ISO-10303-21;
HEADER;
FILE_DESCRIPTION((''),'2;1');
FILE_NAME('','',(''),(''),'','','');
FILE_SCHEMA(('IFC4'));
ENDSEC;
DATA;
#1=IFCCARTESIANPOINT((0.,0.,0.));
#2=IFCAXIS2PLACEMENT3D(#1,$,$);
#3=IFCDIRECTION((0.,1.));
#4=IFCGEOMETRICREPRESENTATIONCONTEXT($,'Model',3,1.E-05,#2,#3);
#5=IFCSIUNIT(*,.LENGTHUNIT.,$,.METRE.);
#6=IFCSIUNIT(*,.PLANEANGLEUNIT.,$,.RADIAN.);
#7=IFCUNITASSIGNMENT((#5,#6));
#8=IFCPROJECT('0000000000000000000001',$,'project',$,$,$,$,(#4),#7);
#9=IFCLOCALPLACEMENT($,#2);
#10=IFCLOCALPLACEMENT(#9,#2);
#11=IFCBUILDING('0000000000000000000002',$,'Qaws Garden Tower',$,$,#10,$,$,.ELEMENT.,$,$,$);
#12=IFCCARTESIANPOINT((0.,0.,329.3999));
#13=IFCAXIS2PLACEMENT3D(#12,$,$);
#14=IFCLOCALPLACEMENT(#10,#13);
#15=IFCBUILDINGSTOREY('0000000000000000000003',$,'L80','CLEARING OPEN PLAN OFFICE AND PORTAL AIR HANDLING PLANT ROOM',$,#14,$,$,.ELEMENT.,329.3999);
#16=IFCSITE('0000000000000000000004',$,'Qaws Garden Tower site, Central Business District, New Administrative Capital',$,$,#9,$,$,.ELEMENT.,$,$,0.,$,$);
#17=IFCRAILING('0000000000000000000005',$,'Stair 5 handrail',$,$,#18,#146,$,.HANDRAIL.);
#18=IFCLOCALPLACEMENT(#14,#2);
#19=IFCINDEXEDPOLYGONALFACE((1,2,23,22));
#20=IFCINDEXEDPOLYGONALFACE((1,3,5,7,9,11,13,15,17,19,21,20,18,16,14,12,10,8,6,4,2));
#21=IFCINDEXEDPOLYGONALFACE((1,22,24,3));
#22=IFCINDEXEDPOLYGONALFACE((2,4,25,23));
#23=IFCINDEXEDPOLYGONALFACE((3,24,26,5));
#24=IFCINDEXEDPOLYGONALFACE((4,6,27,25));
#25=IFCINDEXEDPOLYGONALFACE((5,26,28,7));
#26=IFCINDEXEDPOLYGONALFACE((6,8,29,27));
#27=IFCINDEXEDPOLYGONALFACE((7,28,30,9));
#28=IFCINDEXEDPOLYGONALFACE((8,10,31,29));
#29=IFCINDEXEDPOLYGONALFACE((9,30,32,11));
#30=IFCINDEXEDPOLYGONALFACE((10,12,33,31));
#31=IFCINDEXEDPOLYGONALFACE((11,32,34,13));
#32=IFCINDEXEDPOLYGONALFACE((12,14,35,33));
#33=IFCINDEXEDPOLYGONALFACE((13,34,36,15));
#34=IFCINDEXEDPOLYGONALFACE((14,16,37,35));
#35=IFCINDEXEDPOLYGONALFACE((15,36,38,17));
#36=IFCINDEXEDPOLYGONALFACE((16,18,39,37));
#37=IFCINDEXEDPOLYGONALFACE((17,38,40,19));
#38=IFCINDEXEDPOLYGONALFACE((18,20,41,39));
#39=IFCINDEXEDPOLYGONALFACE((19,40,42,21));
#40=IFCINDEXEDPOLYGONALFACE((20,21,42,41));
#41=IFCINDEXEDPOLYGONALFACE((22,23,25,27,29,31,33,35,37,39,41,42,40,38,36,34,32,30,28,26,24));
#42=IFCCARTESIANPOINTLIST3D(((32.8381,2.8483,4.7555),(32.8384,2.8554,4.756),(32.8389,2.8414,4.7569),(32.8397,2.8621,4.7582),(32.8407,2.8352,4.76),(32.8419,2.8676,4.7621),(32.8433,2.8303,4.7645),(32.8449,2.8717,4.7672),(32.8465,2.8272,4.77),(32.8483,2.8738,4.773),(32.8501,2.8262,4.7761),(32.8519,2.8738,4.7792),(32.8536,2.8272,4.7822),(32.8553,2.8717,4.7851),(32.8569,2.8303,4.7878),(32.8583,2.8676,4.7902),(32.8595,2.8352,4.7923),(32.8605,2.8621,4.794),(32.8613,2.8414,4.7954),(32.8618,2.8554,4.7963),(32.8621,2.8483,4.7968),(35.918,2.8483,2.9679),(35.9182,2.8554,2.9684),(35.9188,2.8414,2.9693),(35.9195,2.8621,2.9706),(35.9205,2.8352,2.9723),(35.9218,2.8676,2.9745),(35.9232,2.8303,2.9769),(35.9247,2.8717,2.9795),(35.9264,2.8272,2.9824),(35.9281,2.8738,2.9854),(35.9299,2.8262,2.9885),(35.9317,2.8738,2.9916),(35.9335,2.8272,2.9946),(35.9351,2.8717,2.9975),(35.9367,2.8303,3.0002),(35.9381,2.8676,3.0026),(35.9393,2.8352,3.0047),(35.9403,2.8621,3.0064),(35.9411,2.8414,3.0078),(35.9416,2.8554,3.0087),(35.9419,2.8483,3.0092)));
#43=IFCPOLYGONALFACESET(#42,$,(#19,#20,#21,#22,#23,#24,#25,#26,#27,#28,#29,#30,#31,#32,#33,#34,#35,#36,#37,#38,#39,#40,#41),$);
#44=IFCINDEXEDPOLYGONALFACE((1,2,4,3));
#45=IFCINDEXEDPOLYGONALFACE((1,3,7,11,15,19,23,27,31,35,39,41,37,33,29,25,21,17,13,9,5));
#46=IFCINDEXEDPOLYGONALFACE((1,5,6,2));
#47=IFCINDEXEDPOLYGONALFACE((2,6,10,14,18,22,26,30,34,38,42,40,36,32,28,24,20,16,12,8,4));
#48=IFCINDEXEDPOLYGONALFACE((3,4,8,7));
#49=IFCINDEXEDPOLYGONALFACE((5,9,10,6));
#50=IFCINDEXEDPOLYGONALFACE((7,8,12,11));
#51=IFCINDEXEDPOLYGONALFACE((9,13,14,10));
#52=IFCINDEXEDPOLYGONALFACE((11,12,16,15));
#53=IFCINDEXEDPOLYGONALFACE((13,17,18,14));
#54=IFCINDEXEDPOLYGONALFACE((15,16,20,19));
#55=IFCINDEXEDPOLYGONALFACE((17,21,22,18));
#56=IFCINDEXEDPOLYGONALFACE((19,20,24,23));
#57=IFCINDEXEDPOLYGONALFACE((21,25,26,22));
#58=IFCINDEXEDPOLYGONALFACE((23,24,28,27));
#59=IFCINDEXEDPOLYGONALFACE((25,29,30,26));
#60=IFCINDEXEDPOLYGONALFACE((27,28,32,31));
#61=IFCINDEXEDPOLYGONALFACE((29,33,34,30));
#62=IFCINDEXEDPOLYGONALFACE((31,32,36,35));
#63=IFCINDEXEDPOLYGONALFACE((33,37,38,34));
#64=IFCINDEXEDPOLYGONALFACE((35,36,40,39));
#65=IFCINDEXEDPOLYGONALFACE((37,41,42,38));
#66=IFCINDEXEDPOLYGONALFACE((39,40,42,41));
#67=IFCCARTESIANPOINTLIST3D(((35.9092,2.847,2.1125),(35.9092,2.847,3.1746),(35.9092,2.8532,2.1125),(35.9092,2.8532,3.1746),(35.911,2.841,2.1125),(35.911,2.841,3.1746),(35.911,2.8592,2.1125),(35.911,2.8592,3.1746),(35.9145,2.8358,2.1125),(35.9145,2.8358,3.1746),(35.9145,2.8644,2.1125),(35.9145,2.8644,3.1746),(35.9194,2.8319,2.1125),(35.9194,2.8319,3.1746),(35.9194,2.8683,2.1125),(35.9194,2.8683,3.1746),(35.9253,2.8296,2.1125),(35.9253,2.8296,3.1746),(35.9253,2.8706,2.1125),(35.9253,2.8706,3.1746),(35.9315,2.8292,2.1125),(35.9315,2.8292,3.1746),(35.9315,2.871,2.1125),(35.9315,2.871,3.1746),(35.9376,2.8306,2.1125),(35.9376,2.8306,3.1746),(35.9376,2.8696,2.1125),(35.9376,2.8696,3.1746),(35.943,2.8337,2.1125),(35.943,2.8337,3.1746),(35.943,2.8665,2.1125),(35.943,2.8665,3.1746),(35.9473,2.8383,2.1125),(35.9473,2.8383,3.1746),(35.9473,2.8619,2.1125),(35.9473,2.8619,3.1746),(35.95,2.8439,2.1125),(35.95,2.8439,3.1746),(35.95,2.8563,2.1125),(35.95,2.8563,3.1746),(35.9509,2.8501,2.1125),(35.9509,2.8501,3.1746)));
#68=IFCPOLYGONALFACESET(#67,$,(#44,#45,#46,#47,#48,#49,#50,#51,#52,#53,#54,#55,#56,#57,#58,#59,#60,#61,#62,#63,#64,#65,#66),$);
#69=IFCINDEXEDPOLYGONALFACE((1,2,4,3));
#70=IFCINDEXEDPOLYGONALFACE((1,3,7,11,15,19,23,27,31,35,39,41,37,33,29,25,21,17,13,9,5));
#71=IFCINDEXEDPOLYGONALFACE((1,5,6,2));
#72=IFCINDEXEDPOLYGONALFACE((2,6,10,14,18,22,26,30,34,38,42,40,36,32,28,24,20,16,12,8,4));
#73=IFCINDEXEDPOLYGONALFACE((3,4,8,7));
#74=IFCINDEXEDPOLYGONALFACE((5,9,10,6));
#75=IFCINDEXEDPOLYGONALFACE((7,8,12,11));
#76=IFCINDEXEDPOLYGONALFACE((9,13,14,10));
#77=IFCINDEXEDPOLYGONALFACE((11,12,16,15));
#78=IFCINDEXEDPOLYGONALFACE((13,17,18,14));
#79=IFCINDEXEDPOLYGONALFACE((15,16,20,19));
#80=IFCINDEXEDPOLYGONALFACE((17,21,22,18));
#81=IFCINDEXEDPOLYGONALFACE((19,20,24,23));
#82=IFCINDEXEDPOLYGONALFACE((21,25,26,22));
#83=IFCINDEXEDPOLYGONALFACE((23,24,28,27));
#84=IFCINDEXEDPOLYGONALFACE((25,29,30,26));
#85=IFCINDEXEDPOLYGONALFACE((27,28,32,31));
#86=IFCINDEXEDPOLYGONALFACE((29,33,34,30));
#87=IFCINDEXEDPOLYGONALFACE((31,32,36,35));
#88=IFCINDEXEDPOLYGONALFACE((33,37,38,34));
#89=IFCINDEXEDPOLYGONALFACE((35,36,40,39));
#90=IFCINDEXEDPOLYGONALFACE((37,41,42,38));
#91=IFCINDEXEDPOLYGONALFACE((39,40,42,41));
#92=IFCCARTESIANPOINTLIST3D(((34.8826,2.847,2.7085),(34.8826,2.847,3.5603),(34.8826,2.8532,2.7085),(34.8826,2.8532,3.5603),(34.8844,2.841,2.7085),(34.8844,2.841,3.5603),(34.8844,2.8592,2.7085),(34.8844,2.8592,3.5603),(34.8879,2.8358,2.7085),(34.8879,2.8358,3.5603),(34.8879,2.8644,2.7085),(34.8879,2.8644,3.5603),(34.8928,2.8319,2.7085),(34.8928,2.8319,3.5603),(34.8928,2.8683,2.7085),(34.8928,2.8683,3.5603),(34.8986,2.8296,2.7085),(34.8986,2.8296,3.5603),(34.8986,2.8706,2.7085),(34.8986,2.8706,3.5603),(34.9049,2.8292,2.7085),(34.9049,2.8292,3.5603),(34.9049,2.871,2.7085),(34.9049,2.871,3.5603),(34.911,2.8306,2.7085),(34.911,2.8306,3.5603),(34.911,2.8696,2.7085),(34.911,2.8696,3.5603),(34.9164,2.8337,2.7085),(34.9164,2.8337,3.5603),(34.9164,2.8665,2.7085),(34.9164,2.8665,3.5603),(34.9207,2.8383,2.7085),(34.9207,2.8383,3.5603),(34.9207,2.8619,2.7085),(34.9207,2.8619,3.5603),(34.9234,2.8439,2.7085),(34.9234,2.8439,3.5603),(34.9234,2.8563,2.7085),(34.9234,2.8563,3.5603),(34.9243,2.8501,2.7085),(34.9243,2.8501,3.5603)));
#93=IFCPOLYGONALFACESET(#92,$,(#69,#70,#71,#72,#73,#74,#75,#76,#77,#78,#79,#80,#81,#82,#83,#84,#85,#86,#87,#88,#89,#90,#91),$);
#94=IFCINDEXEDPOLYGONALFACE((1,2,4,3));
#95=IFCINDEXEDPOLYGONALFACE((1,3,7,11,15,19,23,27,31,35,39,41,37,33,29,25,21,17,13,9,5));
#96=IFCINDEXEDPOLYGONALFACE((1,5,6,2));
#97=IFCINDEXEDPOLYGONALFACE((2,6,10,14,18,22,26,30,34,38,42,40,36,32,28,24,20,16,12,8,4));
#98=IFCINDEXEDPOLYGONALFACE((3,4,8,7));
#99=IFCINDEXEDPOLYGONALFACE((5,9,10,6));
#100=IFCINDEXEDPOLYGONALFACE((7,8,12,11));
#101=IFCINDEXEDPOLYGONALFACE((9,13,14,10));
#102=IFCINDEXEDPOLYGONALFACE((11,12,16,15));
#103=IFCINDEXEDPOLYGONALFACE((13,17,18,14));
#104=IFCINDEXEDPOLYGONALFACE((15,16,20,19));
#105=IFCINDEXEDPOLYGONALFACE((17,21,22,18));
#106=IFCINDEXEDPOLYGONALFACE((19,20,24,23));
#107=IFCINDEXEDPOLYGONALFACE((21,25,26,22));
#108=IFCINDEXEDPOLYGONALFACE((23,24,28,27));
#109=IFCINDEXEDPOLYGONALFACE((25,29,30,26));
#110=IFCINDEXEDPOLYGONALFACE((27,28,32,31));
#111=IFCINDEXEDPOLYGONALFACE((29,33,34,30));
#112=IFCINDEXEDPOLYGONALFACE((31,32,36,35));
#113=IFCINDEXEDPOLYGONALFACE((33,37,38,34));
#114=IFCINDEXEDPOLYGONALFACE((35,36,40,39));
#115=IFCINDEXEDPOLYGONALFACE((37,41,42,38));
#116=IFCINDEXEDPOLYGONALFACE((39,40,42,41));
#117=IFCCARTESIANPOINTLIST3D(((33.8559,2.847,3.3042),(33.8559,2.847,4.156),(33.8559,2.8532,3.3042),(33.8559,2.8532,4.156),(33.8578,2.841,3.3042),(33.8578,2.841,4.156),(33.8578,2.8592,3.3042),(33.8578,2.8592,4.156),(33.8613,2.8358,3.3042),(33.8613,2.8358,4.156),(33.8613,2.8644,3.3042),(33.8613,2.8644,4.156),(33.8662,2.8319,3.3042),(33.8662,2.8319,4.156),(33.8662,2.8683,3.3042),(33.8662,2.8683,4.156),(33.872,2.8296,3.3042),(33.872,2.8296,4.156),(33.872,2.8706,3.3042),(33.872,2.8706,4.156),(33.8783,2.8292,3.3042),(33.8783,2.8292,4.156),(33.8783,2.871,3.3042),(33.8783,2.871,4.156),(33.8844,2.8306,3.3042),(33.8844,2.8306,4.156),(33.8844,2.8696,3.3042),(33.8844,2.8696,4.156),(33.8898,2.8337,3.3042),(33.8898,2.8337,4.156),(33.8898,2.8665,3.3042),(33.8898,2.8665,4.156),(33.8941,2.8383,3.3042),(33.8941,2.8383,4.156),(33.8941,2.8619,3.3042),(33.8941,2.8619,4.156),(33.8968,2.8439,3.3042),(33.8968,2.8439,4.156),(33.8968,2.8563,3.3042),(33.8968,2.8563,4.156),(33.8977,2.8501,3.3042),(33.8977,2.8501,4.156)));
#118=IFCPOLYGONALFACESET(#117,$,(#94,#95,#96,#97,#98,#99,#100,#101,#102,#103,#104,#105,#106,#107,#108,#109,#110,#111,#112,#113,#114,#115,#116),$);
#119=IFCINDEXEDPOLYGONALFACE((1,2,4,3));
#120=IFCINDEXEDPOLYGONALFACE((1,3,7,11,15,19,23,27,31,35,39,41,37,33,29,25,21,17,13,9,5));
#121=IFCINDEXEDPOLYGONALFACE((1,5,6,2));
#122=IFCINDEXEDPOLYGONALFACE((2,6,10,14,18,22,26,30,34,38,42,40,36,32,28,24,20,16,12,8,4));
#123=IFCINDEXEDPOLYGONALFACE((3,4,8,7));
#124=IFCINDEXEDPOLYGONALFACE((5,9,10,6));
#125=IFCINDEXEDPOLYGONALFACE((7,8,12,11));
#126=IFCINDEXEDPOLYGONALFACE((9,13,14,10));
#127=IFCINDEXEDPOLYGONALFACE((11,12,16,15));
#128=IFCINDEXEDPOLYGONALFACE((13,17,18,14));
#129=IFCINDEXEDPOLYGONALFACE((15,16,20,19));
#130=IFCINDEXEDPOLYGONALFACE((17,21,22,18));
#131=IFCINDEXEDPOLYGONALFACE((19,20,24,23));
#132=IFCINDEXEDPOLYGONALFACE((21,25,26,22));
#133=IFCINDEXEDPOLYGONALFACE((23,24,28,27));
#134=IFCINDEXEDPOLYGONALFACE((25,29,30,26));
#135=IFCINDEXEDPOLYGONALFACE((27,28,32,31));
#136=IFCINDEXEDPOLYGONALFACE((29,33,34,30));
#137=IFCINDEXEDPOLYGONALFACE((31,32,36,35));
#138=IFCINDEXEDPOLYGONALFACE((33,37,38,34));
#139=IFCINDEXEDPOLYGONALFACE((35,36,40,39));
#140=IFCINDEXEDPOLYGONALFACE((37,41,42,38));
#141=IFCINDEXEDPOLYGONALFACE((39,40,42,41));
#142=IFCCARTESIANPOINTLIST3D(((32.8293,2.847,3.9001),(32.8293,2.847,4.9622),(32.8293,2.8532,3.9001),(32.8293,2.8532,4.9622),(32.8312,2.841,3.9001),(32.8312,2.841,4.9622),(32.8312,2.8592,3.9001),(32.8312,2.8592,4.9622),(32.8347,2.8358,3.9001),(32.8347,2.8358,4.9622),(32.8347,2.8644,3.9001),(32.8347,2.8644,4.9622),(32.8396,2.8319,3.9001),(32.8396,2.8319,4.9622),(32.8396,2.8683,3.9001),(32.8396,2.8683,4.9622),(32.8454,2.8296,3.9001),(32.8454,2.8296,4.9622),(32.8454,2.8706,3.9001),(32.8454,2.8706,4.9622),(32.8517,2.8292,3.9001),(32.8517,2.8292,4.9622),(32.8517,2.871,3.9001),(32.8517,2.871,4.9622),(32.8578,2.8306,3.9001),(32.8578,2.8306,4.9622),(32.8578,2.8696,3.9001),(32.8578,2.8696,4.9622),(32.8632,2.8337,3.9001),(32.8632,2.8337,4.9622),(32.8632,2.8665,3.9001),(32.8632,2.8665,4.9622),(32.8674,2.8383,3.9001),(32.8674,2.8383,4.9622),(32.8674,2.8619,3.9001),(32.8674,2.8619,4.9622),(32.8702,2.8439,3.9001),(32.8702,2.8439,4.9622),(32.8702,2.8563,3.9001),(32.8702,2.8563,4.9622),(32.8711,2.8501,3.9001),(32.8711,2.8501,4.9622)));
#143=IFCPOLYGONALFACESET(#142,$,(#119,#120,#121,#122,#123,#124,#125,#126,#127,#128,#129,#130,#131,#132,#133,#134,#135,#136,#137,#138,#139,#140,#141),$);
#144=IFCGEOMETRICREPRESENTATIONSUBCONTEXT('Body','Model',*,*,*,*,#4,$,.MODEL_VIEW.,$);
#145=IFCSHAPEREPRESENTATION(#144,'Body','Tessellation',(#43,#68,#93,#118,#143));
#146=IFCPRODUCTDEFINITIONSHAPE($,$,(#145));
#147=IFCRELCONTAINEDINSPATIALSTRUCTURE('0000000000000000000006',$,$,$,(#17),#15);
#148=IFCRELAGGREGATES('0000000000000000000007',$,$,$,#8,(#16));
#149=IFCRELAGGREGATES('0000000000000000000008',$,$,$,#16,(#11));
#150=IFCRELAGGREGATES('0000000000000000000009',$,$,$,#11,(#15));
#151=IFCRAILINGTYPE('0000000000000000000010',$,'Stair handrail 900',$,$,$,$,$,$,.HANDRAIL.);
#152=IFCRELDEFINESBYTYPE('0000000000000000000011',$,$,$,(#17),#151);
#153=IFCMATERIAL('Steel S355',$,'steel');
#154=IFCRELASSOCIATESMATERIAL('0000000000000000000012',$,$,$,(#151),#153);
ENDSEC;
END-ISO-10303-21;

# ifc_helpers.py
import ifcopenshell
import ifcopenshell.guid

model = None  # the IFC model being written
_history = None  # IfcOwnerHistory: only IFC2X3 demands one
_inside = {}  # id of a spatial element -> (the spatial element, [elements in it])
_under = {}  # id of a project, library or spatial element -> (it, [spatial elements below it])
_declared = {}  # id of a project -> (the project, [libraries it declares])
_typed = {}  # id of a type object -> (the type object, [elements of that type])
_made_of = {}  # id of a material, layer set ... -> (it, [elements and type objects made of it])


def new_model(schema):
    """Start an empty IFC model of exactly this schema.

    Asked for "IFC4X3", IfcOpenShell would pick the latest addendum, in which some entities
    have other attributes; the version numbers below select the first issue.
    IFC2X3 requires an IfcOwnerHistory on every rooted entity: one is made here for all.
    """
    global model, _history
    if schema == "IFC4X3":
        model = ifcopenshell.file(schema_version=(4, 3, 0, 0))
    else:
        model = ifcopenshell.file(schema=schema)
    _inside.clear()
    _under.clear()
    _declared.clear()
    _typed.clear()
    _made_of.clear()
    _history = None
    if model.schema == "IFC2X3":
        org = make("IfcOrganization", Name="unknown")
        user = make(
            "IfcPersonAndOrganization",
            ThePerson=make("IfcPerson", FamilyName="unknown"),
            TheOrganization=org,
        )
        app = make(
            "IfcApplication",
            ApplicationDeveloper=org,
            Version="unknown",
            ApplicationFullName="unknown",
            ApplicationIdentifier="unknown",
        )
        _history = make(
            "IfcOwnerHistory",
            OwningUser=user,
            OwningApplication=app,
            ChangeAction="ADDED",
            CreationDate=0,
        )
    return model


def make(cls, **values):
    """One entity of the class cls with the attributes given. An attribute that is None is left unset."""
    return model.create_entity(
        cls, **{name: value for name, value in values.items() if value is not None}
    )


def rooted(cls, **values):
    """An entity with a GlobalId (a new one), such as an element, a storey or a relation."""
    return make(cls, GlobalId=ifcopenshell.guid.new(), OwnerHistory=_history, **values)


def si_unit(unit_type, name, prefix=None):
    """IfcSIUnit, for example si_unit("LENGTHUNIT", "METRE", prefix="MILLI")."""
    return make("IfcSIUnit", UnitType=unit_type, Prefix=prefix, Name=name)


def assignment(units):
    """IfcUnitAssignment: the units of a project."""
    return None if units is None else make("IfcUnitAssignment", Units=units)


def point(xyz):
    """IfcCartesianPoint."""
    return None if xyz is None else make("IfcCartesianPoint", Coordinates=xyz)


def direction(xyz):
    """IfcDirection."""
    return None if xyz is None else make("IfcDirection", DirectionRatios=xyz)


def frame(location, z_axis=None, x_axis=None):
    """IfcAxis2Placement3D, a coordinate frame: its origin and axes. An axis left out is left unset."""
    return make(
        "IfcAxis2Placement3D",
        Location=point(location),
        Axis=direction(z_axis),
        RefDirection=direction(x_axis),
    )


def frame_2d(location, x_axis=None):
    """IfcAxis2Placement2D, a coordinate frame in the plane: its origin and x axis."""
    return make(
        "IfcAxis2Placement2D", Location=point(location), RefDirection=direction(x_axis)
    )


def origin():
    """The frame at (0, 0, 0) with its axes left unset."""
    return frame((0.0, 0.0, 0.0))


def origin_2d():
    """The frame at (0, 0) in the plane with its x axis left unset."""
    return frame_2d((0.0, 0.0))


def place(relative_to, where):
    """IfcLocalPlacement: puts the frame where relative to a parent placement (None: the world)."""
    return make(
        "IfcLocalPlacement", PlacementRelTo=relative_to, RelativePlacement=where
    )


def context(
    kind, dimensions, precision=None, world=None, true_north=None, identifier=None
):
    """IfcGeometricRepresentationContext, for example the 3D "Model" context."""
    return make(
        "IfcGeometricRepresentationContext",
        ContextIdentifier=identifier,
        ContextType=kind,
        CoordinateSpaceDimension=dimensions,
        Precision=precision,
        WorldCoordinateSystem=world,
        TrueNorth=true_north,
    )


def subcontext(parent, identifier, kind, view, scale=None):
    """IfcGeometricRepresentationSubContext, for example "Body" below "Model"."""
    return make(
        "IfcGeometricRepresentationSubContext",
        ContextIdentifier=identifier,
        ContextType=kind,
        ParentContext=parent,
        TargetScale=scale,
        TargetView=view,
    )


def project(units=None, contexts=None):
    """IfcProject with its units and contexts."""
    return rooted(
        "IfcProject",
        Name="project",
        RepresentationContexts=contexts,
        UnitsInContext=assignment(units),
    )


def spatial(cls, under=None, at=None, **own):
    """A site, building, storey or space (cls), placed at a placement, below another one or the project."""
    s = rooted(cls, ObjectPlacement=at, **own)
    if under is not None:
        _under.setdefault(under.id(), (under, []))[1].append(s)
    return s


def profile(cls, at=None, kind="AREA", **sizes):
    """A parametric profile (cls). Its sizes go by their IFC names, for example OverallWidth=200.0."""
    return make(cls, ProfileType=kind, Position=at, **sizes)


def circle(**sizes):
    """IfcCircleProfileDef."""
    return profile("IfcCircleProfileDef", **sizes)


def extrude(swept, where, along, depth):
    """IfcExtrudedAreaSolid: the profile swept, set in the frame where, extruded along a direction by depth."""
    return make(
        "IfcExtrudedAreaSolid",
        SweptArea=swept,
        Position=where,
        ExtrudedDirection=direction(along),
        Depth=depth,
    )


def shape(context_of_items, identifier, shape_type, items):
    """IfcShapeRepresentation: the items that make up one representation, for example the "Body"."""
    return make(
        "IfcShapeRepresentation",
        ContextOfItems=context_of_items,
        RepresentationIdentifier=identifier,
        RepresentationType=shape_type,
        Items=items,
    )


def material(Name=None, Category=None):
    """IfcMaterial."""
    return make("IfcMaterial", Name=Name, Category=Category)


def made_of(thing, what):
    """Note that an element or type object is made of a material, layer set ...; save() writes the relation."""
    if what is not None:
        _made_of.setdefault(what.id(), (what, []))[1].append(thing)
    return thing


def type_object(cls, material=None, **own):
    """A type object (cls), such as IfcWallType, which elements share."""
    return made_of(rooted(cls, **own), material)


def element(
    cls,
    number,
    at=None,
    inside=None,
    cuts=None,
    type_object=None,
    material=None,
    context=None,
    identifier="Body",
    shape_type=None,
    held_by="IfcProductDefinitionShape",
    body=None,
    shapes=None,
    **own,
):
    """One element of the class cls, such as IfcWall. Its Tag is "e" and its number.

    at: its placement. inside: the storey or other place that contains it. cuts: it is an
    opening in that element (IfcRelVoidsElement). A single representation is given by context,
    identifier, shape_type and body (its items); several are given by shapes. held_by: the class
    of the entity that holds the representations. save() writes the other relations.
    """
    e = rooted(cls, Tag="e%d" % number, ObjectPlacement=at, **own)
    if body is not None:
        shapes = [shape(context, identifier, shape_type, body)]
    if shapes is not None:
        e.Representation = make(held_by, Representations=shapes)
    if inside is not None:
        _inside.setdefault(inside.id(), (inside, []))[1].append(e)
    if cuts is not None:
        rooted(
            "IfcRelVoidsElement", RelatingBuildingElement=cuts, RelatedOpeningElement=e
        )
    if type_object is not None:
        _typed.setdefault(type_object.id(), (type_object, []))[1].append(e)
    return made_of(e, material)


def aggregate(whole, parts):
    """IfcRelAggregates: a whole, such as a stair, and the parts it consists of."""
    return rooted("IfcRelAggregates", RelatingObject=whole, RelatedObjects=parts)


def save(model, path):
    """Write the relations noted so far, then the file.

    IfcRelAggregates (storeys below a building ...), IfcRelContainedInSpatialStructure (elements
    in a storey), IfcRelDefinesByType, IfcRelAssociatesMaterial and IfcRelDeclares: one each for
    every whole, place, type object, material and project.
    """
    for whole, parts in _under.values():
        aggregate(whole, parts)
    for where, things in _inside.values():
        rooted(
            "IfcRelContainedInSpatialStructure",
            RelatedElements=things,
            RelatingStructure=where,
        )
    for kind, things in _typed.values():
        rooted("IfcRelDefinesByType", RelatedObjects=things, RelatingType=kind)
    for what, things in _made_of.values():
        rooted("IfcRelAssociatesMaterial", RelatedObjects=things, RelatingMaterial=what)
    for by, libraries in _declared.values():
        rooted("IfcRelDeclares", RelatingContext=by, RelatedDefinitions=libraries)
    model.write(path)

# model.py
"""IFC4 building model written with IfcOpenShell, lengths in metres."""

from ifc_helpers import new_model, si_unit, direction, frame, origin, origin_2d, place, context, subcontext, project, spatial, circle, extrude, material, type_object, element, save


model = new_model("IFC4")

# Units and contexts
model_context = context("Model", 3, precision=1e-05, world=origin(), true_north=direction((0.0, 1.0)))
body_context = subcontext(model_context, "Body", "Model", "MODEL_VIEW")
ifc_project = project(units=[si_unit("LENGTHUNIT", "METRE"), si_unit("PLANEANGLEUNIT", "RADIAN")], contexts=[model_context])

# Site, building, storey
site_placement = place(None, origin())
site = spatial("IfcSite", under=ifc_project, at=site_placement, Name="Qaws Garden Tower site, Central Business District, New Administrative Capital", CompositionType="ELEMENT", RefElevation=0.0)
building_placement = place(site_placement, origin())
building = spatial("IfcBuilding", under=site, at=building_placement, Name="Qaws Garden Tower", CompositionType="ELEMENT")
storey_placement = place(building_placement, frame((0.0, 0.0, 329.3999)))
storey = spatial("IfcBuildingStorey", under=building, at=storey_placement, Name="L80", Description="CLEARING OPEN PLAN OFFICE AND PORTAL AIR HANDLING PLANT ROOM", CompositionType="ELEMENT", Elevation=329.3999)

# Railing
ifc_material_1 = material(Name="Steel S355", Category="steel")
railing_type = type_object("IfcRailingType", Name="Stair handrail 900", PredefinedType="HANDRAIL", material=ifc_material_1)
railing_1_placement = place(storey_placement, frame((35.9299, 2.8501, 2.1125)))
element("IfcRailing", 1, at=railing_1_placement, inside=storey, type_object=railing_type, Name="Stair 5 handrail", PredefinedType="HANDRAIL", context=body_context, shape_type="SweptSolid", body=[
    extrude(circle(Radius=0.0239, at=origin_2d()), frame((0.0, 0.0, 0.876), z_axis=(-0.864873, 0.0, 0.50199), x_axis=(0.0, -1.0, 0.0)), (0.0, 0.0, 1.0), 3.561),
    extrude(circle(Radius=0.021, at=origin_2d()), origin(), (0.0, 0.0, 1.0), 1.062),
    extrude(circle(Radius=0.021, at=origin_2d()), frame((-1.0266, 0.0, 0.5959)), (0.0, 0.0, 1.0), 0.8518),
    extrude(circle(Radius=0.021, at=origin_2d()), frame((-2.0532, 0.0, 1.1917)), (0.0, 0.0, 1.0), 0.8518),
    extrude(circle(Radius=0.021, at=origin_2d()), frame((-3.0798, 0.0, 1.7876)), (0.0, 0.0, 1.0), 1.062),
])

save(model, "model.ifc")
